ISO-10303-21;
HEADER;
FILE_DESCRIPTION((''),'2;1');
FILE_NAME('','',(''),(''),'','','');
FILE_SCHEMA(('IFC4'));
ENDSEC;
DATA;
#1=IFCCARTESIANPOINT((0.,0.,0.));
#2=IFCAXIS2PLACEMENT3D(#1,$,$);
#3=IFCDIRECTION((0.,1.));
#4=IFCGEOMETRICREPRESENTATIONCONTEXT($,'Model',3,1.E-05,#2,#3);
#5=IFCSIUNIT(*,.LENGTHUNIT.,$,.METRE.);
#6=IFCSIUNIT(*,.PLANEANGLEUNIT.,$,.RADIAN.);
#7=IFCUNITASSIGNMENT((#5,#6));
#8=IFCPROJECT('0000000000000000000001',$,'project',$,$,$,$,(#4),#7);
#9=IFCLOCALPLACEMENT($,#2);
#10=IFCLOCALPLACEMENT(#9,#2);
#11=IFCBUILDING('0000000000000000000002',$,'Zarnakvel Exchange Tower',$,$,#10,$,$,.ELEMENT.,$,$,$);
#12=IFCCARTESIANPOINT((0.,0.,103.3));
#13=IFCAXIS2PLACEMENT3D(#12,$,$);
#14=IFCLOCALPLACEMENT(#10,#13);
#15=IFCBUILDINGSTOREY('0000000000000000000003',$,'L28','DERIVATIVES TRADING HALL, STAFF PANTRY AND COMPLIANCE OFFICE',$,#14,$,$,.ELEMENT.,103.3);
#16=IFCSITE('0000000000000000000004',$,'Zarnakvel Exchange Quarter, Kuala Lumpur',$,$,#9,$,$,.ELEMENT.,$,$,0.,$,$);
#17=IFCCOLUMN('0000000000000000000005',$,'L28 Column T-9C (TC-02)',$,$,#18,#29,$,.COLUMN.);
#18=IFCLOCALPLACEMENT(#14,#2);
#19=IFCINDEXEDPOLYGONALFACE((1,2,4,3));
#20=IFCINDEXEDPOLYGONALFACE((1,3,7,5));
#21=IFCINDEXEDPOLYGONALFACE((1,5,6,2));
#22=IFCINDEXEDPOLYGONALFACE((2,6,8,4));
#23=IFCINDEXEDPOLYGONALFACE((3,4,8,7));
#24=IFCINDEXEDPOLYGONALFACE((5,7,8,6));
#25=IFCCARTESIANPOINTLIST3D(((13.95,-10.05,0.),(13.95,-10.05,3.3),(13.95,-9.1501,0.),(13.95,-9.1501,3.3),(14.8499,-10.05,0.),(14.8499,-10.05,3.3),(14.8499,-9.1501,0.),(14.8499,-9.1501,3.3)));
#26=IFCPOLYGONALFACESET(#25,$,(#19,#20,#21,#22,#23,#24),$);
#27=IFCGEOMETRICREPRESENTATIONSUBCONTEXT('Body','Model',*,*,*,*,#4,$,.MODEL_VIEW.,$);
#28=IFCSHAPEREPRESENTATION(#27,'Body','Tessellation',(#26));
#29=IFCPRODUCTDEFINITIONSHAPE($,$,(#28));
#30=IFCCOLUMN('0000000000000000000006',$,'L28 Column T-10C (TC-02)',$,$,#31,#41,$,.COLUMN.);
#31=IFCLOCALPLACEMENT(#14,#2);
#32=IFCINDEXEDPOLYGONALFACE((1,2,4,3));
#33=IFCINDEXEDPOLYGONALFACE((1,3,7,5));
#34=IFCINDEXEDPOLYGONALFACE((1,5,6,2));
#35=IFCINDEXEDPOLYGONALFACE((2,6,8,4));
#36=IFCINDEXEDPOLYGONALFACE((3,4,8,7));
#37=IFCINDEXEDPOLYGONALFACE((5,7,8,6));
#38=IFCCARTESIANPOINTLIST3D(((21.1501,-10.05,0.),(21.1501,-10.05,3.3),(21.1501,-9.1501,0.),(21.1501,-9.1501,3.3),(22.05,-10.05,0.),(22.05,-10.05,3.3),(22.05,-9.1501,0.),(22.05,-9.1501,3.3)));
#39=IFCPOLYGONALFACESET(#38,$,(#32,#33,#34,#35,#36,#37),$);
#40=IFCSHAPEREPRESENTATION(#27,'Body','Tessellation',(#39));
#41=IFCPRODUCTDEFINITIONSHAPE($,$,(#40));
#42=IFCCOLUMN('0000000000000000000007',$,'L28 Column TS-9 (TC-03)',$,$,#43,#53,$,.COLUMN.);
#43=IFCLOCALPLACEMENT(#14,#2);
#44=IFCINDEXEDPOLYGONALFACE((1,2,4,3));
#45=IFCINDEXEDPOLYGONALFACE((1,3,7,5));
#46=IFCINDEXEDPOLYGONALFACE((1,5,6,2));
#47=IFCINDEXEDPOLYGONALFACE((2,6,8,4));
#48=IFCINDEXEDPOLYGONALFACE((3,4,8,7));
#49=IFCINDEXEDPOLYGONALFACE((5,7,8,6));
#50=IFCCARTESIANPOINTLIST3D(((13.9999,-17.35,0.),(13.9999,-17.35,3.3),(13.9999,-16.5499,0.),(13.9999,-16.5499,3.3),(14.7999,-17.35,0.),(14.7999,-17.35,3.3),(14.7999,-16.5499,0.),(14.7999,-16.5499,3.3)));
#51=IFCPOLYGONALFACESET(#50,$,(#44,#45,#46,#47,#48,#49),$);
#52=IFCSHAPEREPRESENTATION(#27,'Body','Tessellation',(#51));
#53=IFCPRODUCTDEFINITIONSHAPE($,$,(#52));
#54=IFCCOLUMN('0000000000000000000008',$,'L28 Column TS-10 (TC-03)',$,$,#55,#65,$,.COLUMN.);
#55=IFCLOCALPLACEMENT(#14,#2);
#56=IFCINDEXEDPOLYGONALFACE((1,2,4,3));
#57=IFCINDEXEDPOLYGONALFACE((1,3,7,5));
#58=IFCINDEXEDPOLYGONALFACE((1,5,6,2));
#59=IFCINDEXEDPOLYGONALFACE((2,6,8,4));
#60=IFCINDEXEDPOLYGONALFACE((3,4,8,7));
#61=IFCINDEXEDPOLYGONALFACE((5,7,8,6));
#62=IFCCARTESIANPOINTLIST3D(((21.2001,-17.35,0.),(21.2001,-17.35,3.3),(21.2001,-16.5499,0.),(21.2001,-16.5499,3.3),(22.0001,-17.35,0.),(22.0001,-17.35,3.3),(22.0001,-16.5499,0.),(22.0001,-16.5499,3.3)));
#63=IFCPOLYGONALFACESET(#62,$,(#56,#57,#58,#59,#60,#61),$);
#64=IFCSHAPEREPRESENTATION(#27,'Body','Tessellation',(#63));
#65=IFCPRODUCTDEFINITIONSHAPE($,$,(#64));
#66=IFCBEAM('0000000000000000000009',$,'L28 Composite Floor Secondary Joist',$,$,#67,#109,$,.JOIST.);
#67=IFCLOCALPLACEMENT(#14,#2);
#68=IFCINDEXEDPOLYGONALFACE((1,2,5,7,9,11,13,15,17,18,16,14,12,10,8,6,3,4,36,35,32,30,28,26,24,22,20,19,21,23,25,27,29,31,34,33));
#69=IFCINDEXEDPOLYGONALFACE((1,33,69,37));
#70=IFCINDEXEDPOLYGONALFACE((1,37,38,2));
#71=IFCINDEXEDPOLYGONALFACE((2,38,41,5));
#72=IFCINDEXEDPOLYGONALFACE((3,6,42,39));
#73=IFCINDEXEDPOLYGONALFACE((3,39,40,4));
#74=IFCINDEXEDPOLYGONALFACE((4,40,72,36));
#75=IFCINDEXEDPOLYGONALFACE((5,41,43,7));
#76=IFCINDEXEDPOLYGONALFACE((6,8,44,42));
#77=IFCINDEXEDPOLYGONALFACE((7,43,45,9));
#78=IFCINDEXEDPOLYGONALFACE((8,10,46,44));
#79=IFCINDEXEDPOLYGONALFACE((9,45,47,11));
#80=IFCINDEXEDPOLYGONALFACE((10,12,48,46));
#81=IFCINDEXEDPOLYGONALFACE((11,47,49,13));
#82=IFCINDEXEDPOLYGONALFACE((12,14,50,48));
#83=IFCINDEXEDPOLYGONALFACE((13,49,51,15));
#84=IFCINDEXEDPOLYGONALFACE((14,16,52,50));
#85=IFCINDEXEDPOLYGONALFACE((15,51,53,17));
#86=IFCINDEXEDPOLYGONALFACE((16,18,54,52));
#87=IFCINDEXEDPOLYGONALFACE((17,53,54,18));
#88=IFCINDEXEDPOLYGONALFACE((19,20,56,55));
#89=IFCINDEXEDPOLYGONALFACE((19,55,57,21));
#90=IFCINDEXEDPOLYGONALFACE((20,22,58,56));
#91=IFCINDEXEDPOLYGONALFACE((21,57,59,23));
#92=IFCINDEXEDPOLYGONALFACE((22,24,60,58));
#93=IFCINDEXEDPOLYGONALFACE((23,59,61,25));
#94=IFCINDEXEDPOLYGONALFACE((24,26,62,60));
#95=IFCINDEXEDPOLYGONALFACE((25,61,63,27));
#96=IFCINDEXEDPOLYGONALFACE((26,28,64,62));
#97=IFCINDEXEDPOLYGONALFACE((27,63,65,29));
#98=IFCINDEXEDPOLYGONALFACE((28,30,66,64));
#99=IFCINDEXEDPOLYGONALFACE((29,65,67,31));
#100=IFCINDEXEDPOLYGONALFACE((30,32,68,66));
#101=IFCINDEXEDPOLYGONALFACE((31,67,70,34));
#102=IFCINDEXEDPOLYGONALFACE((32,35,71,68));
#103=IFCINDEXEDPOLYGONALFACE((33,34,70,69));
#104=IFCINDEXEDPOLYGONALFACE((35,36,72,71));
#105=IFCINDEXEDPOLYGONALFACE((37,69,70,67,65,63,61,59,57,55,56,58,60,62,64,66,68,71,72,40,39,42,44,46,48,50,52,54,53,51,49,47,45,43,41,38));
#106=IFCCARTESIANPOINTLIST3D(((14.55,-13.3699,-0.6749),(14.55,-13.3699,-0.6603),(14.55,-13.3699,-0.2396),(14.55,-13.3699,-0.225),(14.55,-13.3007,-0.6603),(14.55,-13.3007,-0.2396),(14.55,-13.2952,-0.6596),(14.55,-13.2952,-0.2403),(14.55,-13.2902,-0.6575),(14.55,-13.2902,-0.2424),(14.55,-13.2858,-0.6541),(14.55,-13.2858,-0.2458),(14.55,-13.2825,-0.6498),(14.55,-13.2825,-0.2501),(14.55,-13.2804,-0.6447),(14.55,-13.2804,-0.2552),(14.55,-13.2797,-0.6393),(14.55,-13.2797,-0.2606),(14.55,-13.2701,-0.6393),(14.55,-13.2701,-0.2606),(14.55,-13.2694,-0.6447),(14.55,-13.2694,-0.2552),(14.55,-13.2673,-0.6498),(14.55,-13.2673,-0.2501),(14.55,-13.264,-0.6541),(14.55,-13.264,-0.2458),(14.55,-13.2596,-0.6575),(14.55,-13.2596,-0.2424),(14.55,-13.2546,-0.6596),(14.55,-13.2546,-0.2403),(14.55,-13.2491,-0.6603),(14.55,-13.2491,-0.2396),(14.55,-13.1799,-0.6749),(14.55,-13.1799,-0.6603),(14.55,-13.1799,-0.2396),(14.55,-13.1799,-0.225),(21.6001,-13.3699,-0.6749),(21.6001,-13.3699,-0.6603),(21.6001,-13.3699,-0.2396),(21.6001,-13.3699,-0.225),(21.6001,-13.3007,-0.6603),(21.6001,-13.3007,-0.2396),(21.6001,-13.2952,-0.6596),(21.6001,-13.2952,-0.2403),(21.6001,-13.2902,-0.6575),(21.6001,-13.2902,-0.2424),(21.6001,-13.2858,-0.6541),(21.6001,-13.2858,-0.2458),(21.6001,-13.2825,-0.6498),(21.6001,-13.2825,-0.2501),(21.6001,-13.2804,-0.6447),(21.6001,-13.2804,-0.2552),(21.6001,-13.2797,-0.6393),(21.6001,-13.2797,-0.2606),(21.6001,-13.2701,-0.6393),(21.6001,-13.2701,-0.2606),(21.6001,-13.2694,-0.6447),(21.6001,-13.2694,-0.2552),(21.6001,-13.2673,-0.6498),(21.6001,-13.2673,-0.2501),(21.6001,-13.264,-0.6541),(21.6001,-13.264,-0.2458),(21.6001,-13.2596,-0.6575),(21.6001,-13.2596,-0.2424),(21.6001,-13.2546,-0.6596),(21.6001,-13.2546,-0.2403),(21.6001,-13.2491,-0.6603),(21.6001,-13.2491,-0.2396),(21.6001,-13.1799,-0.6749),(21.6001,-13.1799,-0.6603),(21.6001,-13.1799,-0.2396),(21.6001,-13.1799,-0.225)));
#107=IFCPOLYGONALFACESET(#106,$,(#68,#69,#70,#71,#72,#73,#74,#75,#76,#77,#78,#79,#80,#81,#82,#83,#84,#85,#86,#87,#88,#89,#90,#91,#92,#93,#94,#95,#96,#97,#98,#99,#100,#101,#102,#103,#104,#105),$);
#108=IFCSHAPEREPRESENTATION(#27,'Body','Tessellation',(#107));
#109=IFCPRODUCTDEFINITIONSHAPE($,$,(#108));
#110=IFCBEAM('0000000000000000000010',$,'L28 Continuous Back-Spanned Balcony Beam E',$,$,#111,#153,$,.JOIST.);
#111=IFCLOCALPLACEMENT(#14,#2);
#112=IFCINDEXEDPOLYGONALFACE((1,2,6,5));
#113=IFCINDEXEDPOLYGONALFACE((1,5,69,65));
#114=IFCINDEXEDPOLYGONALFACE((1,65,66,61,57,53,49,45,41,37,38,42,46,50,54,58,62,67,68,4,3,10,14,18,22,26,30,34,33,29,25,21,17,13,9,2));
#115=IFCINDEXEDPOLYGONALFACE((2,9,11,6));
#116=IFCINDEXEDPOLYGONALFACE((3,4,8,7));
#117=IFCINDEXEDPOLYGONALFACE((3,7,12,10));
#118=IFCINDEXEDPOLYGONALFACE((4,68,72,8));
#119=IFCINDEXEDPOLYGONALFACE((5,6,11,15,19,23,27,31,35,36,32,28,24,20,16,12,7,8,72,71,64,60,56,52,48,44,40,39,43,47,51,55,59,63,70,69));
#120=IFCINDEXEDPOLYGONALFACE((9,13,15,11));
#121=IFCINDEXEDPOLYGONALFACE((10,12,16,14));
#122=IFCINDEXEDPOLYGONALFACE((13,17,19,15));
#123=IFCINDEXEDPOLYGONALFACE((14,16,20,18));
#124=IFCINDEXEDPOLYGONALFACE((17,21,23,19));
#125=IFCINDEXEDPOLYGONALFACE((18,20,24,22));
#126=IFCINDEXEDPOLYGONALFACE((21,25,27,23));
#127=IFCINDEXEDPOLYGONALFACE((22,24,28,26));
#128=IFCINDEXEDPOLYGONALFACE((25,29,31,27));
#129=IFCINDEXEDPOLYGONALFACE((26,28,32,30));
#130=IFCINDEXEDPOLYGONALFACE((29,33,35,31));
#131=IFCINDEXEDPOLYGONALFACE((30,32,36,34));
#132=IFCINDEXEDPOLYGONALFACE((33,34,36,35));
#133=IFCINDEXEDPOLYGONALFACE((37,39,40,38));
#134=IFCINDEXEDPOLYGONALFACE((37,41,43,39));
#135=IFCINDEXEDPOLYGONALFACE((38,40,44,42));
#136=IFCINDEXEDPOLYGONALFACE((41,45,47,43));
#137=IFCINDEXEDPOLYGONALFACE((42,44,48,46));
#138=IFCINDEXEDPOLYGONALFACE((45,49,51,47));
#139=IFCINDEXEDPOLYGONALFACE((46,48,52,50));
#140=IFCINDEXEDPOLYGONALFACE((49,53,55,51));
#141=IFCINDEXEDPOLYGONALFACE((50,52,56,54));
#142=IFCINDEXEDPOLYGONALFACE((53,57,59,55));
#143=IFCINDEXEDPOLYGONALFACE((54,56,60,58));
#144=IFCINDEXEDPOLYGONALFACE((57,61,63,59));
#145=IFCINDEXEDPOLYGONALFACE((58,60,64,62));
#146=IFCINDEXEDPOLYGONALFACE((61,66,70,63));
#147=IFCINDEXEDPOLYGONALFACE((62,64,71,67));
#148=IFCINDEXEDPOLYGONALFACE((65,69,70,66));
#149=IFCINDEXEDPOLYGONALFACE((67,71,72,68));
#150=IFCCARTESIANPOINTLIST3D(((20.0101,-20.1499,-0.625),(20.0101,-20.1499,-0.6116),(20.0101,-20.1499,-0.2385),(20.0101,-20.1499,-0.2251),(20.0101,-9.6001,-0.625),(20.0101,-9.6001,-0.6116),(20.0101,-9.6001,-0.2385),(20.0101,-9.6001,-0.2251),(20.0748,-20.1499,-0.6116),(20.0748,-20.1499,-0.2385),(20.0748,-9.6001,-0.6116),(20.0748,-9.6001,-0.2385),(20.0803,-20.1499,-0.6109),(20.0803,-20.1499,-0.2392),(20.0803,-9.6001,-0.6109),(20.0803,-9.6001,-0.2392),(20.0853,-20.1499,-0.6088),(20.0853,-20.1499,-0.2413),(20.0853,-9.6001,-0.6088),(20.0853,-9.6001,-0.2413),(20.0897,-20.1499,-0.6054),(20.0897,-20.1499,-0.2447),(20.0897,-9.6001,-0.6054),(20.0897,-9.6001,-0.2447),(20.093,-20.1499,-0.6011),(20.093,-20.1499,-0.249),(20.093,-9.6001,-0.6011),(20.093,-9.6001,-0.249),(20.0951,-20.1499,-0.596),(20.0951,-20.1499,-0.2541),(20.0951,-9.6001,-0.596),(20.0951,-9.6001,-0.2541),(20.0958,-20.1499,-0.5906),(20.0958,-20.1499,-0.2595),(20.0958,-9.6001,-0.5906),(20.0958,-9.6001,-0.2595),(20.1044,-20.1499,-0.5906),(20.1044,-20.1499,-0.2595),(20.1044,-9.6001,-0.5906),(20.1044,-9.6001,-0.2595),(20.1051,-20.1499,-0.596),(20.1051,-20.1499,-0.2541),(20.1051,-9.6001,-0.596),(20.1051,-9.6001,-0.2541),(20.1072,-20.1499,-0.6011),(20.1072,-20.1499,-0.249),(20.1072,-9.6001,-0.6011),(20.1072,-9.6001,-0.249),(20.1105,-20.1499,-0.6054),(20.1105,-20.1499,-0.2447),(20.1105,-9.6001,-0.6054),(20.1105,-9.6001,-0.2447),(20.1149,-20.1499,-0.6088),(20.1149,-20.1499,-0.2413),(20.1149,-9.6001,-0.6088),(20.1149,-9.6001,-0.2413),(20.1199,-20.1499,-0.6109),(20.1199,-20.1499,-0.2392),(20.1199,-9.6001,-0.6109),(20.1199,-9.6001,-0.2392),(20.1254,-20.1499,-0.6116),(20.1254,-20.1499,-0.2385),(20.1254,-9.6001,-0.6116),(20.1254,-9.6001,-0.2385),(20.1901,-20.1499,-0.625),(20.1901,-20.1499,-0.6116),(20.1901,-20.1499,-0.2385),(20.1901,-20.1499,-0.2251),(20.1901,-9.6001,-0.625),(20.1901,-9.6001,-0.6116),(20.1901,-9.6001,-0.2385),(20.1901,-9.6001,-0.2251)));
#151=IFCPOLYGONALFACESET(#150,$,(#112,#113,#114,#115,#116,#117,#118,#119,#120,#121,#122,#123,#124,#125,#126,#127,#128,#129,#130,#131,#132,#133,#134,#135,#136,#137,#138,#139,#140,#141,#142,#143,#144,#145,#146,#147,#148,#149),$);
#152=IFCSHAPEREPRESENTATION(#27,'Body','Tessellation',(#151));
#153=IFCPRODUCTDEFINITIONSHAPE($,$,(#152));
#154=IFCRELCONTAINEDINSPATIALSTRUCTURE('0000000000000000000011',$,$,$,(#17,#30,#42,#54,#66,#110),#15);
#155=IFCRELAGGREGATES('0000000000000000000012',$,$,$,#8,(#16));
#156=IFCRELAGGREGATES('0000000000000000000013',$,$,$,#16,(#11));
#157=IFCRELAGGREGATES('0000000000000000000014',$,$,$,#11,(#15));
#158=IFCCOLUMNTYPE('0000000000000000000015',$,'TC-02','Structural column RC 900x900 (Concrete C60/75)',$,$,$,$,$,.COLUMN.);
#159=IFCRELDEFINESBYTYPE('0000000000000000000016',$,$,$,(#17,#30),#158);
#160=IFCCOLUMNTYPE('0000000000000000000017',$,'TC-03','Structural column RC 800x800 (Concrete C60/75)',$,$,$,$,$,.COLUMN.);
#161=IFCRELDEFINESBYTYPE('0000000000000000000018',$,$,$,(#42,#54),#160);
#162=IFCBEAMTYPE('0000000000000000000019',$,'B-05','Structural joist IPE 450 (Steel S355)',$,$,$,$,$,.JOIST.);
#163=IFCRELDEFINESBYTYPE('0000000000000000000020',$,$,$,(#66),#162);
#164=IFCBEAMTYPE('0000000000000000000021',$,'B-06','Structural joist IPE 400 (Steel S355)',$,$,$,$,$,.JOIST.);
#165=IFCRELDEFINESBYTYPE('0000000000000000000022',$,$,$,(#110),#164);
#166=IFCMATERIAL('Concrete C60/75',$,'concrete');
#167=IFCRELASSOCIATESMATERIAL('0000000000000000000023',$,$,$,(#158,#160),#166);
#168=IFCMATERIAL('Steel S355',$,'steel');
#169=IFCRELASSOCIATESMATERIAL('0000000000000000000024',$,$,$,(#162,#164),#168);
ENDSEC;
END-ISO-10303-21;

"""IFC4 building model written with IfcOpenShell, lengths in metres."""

from ifc_helpers import new_model, si_unit, direction, frame, origin, origin_2d, place, context, subcontext, project, spatial, rectangle, i_section, extrude, material, material_profile, profile_set, type_object, element, save


model = new_model("IFC4")

# Units and contexts
model_context = context("Model", 3, precision=1e-05, world=origin(), true_north=direction((0.0, 1.0)))
body_context = subcontext(model_context, "Body", "Model", "MODEL_VIEW")
ifc_project = project(units=[si_unit("LENGTHUNIT", "METRE"), si_unit("PLANEANGLEUNIT", "RADIAN")], contexts=[model_context])

# Site, building, storey
site_placement = place(None, origin())
site = spatial("IfcSite", under=ifc_project, at=site_placement, Name="Zarnakvel Exchange Quarter, Kuala Lumpur", CompositionType="ELEMENT", RefElevation=0.0)
building_placement = place(site_placement, origin())
building = spatial("IfcBuilding", under=site, at=building_placement, Name="Zarnakvel Exchange Tower", CompositionType="ELEMENT")
storey_placement = place(building_placement, frame((0.0, 0.0, 103.3)))
storey = spatial("IfcBuildingStorey", under=building, at=storey_placement, Name="L28", Description="DERIVATIVES TRADING HALL, STAFF PANTRY AND COMPLIANCE OFFICE", CompositionType="ELEMENT", Elevation=103.3)

# Columns
ifc_material_1 = material(Name="Concrete C60/75", Category="concrete")
ifc_material_profile_1 = material_profile(ifc_material_1, rectangle(XDim=0.8999, YDim=0.8999, at=origin_2d()))
ifc_profile_set_1 = profile_set([ifc_material_profile_1], Name="Concrete C60/75")
column_type_1 = type_object("IfcColumnType", Name="TC-02", Description="Structural column RC 900x900 (Concrete C60/75)", PredefinedType="COLUMN", material=ifc_profile_set_1)
for number, where, z_axis, x_axis, name in (
    (1, (14.3999, -9.6001, 0.0), (0.0, 0.0, 1.0), (1.0, 0.0, 0.0), "L28 Column T-9C (TC-02)"),
    (2, (21.6001, -9.6001, 0.0), (0.0, 0.0, 1.0), (1.0, 0.0, 0.0), "L28 Column T-10C (TC-02)"),
):
    element("IfcColumn", number, at=place(storey_placement, frame(where, z_axis=z_axis, x_axis=x_axis)), inside=storey, type_object=column_type_1, Name=name, PredefinedType="COLUMN", context=body_context, shape_type="SweptSolid", body=[
        extrude(rectangle(XDim=0.8999, YDim=0.8999, at=origin_2d()), origin(), (0.0, 0.0, 1.0), 3.3),
    ])
ifc_material_profile_2 = material_profile(ifc_material_1, rectangle(XDim=0.8, YDim=0.8, at=origin_2d()))
ifc_profile_set_2 = profile_set([ifc_material_profile_2], Name="Concrete C60/75")
column_type_2 = type_object("IfcColumnType", Name="TC-03", Description="Structural column RC 800x800 (Concrete C60/75)", PredefinedType="COLUMN", material=ifc_profile_set_2)
for number, where, z_axis, x_axis, name in (
    (3, (14.3999, -16.95, 0.0), (0.0, 0.0, 1.0), (1.0, 0.0, 0.0), "L28 Column TS-9 (TC-03)"),
    (4, (21.6001, -16.95, 0.0), (0.0, 0.0, 1.0), (1.0, 0.0, 0.0), "L28 Column TS-10 (TC-03)"),
):
    element("IfcColumn", number, at=place(storey_placement, frame(where, z_axis=z_axis, x_axis=x_axis)), inside=storey, type_object=column_type_2, Name=name, PredefinedType="COLUMN", context=body_context, shape_type="SweptSolid", body=[
        extrude(rectangle(XDim=0.8, YDim=0.8, at=origin_2d()), origin(), (0.0, 0.0, 1.0), 3.3),
    ])

# Beams
ifc_material_2 = material(Name="Steel S355", Category="steel")
ifc_material_profile_3 = material_profile(ifc_material_2, i_section(OverallWidth=0.1899, OverallDepth=0.45, WebThickness=0.0095, FlangeThickness=0.0146, FilletRadius=0.021, at=origin_2d()))
ifc_profile_set_3 = profile_set([ifc_material_profile_3], Name="Steel S355")
beam_type_1 = type_object("IfcBeamType", Name="B-05", Description="Structural joist IPE 450 (Steel S355)", PredefinedType="JOIST", material=ifc_profile_set_3)
beam_1_placement = place(storey_placement, frame((14.55, -13.2749, -0.45), z_axis=(1.0, 0.0, 0.0), x_axis=(0.0, 1.0, 0.0)))
element("IfcBeam", 5, at=beam_1_placement, inside=storey, type_object=beam_type_1, Name="L28 Composite Floor Secondary Joist", PredefinedType="JOIST", context=body_context, shape_type="SweptSolid", body=[
    extrude(i_section(OverallWidth=0.1899, OverallDepth=0.45, WebThickness=0.0095, FlangeThickness=0.0146, FilletRadius=0.021, at=origin_2d()), origin(), (0.0, 0.0, 1.0), 7.05),
])
ifc_material_profile_4 = material_profile(ifc_material_2, i_section(OverallWidth=0.1799, OverallDepth=0.3999, WebThickness=0.0085, FlangeThickness=0.0134, FilletRadius=0.021, at=origin_2d()))
ifc_profile_set_4 = profile_set([ifc_material_profile_4], Name="Steel S355")
beam_type_2 = type_object("IfcBeamType", Name="B-06", Description="Structural joist IPE 400 (Steel S355)", PredefinedType="JOIST", material=ifc_profile_set_4)
beam_2_placement = place(storey_placement, frame((20.1001, -9.6001, -0.425), z_axis=(0.0, -1.0, 0.0), x_axis=(1.0, 0.0, 0.0)))
element("IfcBeam", 6, at=beam_2_placement, inside=storey, type_object=beam_type_2, Name="L28 Continuous Back-Spanned Balcony Beam E", PredefinedType="JOIST", context=body_context, shape_type="SweptSolid", body=[
    extrude(i_section(OverallWidth=0.1799, OverallDepth=0.3999, WebThickness=0.0085, FlangeThickness=0.0134, FilletRadius=0.021, at=origin_2d()), origin(), (0.0, 0.0, 1.0), 10.5498),
])

save(model, "model.ifc")
